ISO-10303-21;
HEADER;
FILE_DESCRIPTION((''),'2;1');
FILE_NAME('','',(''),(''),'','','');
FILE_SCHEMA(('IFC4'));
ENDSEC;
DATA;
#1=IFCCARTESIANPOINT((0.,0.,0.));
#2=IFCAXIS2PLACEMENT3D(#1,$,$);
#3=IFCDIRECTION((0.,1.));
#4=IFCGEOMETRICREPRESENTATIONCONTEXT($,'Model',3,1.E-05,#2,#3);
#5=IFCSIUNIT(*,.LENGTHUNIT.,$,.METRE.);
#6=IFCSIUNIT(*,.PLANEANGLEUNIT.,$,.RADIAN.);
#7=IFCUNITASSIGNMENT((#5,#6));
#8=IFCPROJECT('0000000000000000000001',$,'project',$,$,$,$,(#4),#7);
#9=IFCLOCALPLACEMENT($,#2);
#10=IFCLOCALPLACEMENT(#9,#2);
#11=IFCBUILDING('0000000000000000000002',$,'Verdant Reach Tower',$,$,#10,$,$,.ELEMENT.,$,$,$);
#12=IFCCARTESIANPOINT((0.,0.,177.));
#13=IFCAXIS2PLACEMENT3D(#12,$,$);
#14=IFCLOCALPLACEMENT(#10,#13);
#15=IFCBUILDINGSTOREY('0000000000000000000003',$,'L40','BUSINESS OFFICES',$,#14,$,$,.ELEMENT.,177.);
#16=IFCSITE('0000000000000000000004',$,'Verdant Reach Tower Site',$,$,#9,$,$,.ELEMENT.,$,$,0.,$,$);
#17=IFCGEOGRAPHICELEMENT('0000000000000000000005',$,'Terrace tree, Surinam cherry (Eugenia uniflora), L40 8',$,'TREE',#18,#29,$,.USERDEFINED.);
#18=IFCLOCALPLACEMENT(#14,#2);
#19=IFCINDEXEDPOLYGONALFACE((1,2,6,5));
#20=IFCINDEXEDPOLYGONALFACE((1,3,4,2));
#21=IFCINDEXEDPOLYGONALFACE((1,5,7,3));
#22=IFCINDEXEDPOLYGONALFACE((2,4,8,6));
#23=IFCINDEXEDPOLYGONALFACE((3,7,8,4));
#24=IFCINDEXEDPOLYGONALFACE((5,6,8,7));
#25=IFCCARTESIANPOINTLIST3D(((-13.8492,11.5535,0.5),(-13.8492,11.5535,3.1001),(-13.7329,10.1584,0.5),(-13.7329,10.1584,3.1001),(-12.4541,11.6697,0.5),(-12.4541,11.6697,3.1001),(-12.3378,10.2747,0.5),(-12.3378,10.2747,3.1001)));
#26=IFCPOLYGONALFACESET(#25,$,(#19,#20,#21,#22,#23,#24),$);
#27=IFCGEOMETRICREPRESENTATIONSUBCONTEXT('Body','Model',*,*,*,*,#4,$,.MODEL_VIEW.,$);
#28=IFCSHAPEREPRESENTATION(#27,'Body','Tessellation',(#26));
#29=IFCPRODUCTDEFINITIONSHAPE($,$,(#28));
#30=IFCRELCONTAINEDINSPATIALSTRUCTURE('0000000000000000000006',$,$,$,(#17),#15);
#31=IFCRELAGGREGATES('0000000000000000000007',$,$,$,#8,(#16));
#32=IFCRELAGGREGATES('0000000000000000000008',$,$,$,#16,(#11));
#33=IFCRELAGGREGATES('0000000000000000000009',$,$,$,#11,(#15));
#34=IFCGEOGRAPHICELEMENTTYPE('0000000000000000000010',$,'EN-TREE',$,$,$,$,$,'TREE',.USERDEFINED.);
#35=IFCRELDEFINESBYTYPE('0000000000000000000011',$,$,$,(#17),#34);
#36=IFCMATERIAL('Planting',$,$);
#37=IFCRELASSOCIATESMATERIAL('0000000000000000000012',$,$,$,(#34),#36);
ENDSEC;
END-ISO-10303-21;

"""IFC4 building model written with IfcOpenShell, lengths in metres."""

from ifc_helpers import new_model, si_unit, direction, frame, origin, origin_2d, place, context, subcontext, project, spatial, rectangle, extrude, material, type_object, element, save


model = new_model("IFC4")

# Units and contexts
model_context = context("Model", 3, precision=1e-05, world=origin(), true_north=direction((0.0, 1.0)))
body_context = subcontext(model_context, "Body", "Model", "MODEL_VIEW")
ifc_project = project(units=[si_unit("LENGTHUNIT", "METRE"), si_unit("PLANEANGLEUNIT", "RADIAN")], contexts=[model_context])

# Site, building, storey
site_placement = place(None, origin())
site = spatial("IfcSite", under=ifc_project, at=site_placement, Name="Verdant Reach Tower Site", CompositionType="ELEMENT", RefElevation=0.0)
building_placement = place(site_placement, origin())
building = spatial("IfcBuilding", under=site, at=building_placement, Name="Verdant Reach Tower", CompositionType="ELEMENT")
storey_placement = place(building_placement, frame((0.0, 0.0, 177.0)))
storey = spatial("IfcBuildingStorey", under=building, at=storey_placement, Name="L40", Description="BUSINESS OFFICES", CompositionType="ELEMENT", Elevation=177.0)

# Geographic element
ifc_material_1 = material(Name="Planting")
geographic_element_type = type_object("IfcGeographicElementType", Name="EN-TREE", ElementType="TREE", PredefinedType="USERDEFINED", material=ifc_material_1)
for number, where, z_axis, x_axis, name in (
    (1, (-13.0935, 10.9141, 0.5), (0.0, 0.0, 1.0), (-0.996546, -0.083045, 0.0), "Terrace tree, Surinam cherry (Eugenia uniflora), L40 8"),
):
    element("IfcGeographicElement", number, at=place(storey_placement, frame(where, z_axis=z_axis, x_axis=x_axis)), inside=storey, type_object=geographic_element_type, Name=name, ObjectType="TREE", PredefinedType="USERDEFINED", context=body_context, shape_type="SweptSolid", body=[
        extrude(rectangle(XDim=1.3999, YDim=1.3999, at=origin_2d()), origin(), (0.0, 0.0, 1.0), 2.6001),
    ])

save(model, "model.ifc")
